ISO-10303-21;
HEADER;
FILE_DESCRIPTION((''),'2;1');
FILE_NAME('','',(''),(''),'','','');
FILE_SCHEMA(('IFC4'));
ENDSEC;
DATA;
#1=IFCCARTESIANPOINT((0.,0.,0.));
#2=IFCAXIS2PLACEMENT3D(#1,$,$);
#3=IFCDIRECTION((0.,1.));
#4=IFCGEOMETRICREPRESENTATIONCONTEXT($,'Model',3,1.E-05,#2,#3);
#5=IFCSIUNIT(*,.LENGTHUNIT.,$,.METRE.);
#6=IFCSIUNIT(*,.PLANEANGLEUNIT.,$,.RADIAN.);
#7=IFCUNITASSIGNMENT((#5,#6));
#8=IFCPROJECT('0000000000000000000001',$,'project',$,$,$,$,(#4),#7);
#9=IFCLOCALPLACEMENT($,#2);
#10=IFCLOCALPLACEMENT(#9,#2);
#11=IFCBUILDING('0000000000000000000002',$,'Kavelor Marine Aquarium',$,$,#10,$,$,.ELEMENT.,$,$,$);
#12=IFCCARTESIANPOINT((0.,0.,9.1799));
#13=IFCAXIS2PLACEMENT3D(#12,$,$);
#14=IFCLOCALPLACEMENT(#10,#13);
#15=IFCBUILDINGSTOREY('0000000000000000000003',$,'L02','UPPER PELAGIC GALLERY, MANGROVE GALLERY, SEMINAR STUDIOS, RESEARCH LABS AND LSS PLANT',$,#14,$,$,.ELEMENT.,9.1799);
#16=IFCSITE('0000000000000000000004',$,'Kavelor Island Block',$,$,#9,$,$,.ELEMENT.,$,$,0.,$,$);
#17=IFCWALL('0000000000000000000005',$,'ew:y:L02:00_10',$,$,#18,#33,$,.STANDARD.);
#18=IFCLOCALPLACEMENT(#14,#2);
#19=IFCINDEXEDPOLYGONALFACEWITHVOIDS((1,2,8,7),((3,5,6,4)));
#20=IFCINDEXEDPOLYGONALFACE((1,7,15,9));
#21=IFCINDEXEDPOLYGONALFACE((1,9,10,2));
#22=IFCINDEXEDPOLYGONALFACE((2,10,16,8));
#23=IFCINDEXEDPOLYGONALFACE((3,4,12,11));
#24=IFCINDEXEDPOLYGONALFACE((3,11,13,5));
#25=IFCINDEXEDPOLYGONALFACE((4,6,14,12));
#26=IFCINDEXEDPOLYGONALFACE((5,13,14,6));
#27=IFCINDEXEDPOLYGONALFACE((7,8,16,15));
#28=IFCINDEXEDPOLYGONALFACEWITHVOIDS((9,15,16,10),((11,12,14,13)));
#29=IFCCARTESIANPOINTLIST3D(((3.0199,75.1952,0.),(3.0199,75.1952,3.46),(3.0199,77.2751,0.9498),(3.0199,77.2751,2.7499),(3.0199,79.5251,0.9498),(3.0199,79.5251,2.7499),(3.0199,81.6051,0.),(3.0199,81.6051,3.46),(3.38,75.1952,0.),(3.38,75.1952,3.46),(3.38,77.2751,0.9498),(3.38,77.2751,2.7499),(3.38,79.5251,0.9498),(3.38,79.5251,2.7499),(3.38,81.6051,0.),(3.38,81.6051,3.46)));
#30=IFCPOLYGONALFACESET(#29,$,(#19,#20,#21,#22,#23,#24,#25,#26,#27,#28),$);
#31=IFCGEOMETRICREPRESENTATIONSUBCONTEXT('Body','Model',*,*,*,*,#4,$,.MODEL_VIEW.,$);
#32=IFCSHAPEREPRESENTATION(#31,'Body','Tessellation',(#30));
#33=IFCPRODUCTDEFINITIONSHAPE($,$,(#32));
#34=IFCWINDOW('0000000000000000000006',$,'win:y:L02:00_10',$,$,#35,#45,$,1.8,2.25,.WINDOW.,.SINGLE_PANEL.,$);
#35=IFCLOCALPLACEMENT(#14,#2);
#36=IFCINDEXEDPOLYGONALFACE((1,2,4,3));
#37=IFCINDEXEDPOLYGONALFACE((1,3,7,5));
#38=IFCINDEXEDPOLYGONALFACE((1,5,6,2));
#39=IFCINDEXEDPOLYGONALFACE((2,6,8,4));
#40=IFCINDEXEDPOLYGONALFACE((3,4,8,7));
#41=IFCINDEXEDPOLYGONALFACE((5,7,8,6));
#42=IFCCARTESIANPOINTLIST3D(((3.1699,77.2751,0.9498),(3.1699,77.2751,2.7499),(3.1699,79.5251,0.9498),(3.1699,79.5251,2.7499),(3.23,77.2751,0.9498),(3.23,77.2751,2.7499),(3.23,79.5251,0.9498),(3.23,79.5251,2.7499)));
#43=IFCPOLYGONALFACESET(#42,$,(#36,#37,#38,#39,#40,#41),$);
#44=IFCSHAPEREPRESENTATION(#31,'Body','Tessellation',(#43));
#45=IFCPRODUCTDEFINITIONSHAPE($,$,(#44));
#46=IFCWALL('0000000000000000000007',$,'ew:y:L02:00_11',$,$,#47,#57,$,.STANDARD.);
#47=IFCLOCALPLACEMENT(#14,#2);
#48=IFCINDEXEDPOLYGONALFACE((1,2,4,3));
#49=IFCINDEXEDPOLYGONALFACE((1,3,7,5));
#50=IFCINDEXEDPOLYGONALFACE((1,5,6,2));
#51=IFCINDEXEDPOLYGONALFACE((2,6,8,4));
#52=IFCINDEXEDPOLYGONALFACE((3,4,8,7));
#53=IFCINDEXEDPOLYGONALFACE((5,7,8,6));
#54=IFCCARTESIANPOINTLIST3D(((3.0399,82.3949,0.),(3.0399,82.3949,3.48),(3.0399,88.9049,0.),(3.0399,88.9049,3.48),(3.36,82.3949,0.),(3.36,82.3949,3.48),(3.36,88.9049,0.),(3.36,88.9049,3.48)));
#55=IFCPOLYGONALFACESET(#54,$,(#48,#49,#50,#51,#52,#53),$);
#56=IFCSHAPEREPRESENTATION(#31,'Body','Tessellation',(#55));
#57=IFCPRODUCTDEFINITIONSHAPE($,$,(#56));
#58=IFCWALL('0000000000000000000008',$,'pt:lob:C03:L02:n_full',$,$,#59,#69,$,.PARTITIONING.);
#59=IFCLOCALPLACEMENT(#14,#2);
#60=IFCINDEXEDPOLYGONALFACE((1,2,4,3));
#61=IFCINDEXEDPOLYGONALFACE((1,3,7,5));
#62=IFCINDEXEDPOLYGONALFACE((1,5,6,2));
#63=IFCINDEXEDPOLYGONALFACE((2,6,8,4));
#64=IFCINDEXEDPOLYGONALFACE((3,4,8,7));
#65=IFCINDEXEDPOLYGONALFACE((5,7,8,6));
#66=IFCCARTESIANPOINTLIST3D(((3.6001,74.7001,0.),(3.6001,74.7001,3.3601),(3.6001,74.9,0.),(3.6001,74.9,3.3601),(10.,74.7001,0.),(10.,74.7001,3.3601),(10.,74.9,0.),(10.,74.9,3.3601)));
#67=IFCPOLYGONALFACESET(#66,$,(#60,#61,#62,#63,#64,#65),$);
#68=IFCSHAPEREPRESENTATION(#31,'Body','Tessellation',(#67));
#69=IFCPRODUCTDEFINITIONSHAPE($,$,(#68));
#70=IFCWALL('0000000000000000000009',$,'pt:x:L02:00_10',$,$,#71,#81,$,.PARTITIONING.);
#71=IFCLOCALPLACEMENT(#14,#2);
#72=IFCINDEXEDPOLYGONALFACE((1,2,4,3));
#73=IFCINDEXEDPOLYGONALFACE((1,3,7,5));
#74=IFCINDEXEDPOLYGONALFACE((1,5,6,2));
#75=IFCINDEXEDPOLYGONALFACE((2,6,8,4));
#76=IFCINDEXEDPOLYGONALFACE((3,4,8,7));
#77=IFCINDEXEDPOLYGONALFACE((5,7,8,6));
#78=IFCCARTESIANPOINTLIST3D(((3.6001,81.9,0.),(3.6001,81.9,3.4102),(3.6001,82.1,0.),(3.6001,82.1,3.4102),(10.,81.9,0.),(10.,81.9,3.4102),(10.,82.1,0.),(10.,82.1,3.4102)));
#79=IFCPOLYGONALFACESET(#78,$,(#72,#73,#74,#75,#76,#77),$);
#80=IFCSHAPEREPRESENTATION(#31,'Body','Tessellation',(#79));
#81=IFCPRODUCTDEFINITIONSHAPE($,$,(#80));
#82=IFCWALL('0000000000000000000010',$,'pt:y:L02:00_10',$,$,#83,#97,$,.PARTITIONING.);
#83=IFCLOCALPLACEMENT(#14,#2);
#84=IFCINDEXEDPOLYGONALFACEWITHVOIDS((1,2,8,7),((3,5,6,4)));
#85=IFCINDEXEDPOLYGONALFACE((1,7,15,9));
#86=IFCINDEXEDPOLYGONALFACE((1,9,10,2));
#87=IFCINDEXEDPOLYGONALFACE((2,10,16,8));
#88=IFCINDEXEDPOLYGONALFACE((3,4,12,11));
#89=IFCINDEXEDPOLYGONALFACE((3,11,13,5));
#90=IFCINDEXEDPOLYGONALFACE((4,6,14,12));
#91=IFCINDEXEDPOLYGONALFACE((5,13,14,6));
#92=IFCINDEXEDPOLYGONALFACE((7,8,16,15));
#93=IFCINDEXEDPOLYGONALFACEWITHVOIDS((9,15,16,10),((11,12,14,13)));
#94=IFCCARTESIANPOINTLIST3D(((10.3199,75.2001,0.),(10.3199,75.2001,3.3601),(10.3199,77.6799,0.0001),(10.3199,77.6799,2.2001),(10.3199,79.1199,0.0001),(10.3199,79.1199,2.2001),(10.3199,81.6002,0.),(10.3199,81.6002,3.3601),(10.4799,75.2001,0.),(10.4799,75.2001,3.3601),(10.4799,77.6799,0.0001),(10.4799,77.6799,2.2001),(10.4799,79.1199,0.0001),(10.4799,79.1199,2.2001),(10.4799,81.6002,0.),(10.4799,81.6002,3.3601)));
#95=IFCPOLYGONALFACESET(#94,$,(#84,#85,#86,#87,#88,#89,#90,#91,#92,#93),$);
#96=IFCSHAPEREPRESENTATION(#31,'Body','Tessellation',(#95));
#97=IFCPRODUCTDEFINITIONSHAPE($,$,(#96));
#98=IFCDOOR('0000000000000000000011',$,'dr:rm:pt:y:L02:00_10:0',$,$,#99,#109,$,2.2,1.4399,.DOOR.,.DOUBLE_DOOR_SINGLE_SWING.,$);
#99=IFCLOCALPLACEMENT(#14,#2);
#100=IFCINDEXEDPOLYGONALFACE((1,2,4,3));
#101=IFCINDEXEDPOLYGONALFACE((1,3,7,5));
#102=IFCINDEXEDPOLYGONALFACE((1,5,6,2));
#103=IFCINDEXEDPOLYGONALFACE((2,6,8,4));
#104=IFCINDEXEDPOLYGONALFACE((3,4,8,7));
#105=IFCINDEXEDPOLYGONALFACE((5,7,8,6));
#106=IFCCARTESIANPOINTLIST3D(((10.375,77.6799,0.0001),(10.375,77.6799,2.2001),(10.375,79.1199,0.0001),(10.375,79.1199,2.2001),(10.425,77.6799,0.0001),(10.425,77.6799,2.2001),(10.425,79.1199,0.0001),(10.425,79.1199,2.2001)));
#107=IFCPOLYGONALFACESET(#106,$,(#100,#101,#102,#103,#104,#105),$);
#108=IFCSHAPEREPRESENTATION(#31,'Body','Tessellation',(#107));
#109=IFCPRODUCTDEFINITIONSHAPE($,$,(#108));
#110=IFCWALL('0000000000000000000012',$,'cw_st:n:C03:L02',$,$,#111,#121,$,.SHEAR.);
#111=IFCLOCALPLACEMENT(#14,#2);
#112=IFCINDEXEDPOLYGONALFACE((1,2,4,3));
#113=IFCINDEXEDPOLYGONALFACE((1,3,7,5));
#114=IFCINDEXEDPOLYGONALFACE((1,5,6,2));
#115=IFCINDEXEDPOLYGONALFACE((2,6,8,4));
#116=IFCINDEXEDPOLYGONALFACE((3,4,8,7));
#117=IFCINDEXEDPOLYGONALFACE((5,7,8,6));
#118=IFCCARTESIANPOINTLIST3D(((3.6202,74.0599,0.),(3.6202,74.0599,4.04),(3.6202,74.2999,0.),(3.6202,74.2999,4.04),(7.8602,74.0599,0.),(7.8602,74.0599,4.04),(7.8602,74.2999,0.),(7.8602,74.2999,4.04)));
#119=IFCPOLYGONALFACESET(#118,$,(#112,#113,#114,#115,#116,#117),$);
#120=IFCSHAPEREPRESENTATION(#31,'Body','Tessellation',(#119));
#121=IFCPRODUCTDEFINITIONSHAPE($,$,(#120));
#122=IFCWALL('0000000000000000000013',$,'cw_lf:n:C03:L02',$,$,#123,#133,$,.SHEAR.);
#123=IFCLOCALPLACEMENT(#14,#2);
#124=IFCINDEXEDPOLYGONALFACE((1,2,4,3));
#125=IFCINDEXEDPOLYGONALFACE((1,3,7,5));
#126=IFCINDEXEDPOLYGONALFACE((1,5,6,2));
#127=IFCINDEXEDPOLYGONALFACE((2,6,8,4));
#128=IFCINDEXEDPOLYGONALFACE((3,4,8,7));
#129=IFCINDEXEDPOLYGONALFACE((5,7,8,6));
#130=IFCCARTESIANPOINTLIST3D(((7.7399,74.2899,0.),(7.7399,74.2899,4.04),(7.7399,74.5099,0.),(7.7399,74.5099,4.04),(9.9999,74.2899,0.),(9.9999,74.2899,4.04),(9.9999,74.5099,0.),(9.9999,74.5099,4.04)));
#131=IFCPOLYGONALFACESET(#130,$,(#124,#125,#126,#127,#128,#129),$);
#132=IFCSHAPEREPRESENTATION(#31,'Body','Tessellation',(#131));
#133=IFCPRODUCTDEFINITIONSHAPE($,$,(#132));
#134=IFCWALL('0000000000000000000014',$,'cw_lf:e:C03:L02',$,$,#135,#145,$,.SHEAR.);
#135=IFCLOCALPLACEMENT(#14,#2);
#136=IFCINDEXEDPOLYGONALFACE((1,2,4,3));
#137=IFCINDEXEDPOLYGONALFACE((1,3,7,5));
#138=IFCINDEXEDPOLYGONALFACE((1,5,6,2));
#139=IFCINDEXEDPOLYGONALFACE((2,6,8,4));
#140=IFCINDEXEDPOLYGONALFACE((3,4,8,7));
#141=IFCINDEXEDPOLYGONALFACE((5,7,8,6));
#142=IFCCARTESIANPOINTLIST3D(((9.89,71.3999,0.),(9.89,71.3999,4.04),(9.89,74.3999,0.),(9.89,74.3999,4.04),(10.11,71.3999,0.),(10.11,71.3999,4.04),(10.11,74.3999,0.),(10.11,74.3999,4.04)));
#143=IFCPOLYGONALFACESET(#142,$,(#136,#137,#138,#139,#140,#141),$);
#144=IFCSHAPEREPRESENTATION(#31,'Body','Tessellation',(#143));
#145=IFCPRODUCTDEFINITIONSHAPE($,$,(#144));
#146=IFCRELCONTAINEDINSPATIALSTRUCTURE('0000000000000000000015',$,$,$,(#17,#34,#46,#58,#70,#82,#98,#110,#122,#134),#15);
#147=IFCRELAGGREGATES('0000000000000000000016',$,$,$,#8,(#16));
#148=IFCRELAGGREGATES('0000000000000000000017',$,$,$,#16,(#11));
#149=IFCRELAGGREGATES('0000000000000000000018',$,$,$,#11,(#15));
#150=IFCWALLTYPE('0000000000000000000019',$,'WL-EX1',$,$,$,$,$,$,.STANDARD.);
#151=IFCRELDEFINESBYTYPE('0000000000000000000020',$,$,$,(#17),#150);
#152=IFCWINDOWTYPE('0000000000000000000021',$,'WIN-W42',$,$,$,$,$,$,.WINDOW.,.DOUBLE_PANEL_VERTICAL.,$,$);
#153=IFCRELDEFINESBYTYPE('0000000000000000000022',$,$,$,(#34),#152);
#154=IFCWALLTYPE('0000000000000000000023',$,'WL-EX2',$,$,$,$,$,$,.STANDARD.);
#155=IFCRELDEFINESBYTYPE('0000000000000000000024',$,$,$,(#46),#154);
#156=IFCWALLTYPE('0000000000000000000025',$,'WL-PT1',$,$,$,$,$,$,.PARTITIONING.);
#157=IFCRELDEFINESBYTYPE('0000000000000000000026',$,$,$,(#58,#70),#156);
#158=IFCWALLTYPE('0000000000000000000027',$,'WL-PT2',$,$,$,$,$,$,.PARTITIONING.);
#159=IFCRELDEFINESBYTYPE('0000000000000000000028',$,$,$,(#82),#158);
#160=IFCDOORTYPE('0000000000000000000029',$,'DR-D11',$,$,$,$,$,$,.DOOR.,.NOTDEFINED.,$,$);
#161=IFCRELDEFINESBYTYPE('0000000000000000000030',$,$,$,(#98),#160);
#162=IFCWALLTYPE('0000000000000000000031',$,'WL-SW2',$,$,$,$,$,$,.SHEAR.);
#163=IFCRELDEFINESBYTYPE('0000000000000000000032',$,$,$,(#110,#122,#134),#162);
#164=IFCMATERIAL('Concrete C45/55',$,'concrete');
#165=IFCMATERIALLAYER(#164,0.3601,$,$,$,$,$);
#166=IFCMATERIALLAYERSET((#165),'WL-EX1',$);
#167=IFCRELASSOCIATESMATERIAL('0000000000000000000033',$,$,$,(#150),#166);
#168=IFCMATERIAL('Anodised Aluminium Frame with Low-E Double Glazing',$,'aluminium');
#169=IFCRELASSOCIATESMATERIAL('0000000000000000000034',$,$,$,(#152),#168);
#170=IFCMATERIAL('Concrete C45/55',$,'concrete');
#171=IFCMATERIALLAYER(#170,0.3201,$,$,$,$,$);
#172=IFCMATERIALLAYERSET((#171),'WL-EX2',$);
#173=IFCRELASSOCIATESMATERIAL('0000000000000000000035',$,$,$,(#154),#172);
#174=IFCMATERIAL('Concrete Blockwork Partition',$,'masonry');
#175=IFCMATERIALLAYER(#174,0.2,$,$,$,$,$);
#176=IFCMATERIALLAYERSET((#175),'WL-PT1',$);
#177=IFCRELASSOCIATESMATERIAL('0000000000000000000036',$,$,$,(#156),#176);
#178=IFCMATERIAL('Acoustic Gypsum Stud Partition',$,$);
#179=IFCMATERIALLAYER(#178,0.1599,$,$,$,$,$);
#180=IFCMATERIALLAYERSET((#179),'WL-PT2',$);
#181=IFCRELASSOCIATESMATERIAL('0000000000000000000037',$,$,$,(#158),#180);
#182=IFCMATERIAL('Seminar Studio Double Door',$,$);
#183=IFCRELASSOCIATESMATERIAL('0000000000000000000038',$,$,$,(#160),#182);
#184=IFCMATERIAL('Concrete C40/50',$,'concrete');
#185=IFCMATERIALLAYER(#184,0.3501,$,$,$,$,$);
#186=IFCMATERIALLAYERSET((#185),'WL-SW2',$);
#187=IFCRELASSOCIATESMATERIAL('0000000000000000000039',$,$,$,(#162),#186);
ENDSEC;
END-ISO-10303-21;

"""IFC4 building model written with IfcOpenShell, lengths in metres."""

from ifc_helpers import new_model, si_unit, direction, frame, frame_2d, origin, place, context, subcontext, project, spatial, rectangle, extrude, material, layer, layer_set, type_object, element, fill, save


model = new_model("IFC4")

# Units and contexts
model_context = context("Model", 3, precision=1e-05, world=origin(), true_north=direction((0.0, 1.0)))
body_context = subcontext(model_context, "Body", "Model", "MODEL_VIEW")
ifc_project = project(units=[si_unit("LENGTHUNIT", "METRE"), si_unit("PLANEANGLEUNIT", "RADIAN")], contexts=[model_context])

# Site, building, storey
site_placement = place(None, origin())
site = spatial("IfcSite", under=ifc_project, at=site_placement, Name="Kavelor Island Block", CompositionType="ELEMENT", RefElevation=0.0)
building_placement = place(site_placement, origin())
building = spatial("IfcBuilding", under=site, at=building_placement, Name="Kavelor Marine Aquarium", CompositionType="ELEMENT")
storey_placement = place(building_placement, frame((0.0, 0.0, 9.1799)))
storey = spatial("IfcBuildingStorey", under=building, at=storey_placement, Name="L02", Description="UPPER PELAGIC GALLERY, MANGROVE GALLERY, SEMINAR STUDIOS, RESEARCH LABS AND LSS PLANT", CompositionType="ELEMENT", Elevation=9.1799)

# Wall, opening, window
ifc_material_1 = material(Name="Concrete C45/55", Category="concrete")
ifc_layer_1 = layer(ifc_material_1, 0.3601)
ifc_layer_set_1 = layer_set([ifc_layer_1], Name="WL-EX1")
wall_type_1 = type_object("IfcWallType", Name="WL-EX1", PredefinedType="STANDARD", material=ifc_layer_set_1)
wall_1_placement = place(storey_placement, frame((3.2, 75.1951, 0.0), z_axis=(0.0, 0.0, 1.0), x_axis=(0.0, 1.0, 0.0)))
wall_1 = element("IfcWall", 1, at=wall_1_placement, inside=storey, type_object=wall_type_1, Name="ew:y:L02:00_10", PredefinedType="STANDARD", context=body_context, shape_type="SweptSolid", body=[
    extrude(rectangle(XDim=6.4099, YDim=0.3601, at=frame_2d((3.2051, 0.0))), origin(), (0.0, 0.0, 1.0), 3.46),
])
opening_1_placement = place(wall_1_placement, frame((2.0801, 0.0, 0.95)))
opening_1 = element("IfcOpeningElement", 2, at=opening_1_placement, cuts=wall_1, PredefinedType="OPENING", context=body_context, shape_type="SweptSolid", body=[
    extrude(rectangle(XDim=2.25, YDim=1.8, at=frame_2d((1.125, 0.8999))), frame((0.0, 0.1899, 0.0), z_axis=(0.0, -1.0, 0.0), x_axis=(1.0, 0.0, 0.0)), (0.0, 0.0, 1.0), 0.3801),
])
ifc_material_2 = material(Name="Anodised Aluminium Frame with Low-E Double Glazing", Category="aluminium")
window_type = type_object("IfcWindowType", Name="WIN-W42", PartitioningType="DOUBLE_PANEL_VERTICAL", PredefinedType="WINDOW", material=ifc_material_2)
window_placement = place(opening_1_placement, origin())
window = element("IfcWindow", 3, at=window_placement, inside=storey, type_object=window_type, Name="win:y:L02:00_10", OverallHeight=1.8, OverallWidth=2.25, PartitioningType="SINGLE_PANEL", PredefinedType="WINDOW", context=body_context, shape_type="SweptSolid", body=[
    extrude(rectangle(XDim=2.25, YDim=1.8, at=frame_2d((1.125, 0.8999))), frame((0.0, 0.03, 0.0), z_axis=(0.0, -1.0, 0.0), x_axis=(1.0, 0.0, 0.0)), (0.0, 0.0, 1.0), 0.0601),
])
fill(opening_1, window)

# Walls
ifc_material_3 = material(Name="Concrete C45/55", Category="concrete")
ifc_layer_2 = layer(ifc_material_3, 0.3201)
ifc_layer_set_2 = layer_set([ifc_layer_2], Name="WL-EX2")
wall_type_2 = type_object("IfcWallType", Name="WL-EX2", PredefinedType="STANDARD", material=ifc_layer_set_2)
wall_2_placement = place(storey_placement, frame((3.2, 82.395, 0.0), z_axis=(0.0, 0.0, 1.0), x_axis=(0.0, 1.0, 0.0)))
element("IfcWall", 4, at=wall_2_placement, inside=storey, type_object=wall_type_2, Name="ew:y:L02:00_11", PredefinedType="STANDARD", context=body_context, shape_type="SweptSolid", body=[
    extrude(rectangle(XDim=6.51, YDim=0.3201, at=frame_2d((3.2549, 0.0))), origin(), (0.0, 0.0, 1.0), 3.48),
])
ifc_material_4 = material(Name="Concrete Blockwork Partition", Category="masonry")
ifc_layer_3 = layer(ifc_material_4, 0.2)
ifc_layer_set_3 = layer_set([ifc_layer_3], Name="WL-PT1")
wall_type_3 = type_object("IfcWallType", Name="WL-PT1", PredefinedType="PARTITIONING", material=ifc_layer_set_3)
wall_3_placement = place(storey_placement, frame((3.6001, 74.8, 0.0), z_axis=(0.0, 0.0, 1.0), x_axis=(1.0, 0.0, 0.0)))
element("IfcWall", 5, at=wall_3_placement, inside=storey, type_object=wall_type_3, Name="pt:lob:C03:L02:n_full", PredefinedType="PARTITIONING", context=body_context, shape_type="SweptSolid", body=[
    extrude(rectangle(XDim=6.3999, YDim=0.2, at=frame_2d((3.2, 0.0))), origin(), (0.0, 0.0, 1.0), 3.3601),
])
wall_4_placement = place(storey_placement, frame((3.6001, 82.0, 0.0), z_axis=(0.0, 0.0, 1.0), x_axis=(1.0, 0.0, 0.0)))
element("IfcWall", 6, at=wall_4_placement, inside=storey, type_object=wall_type_3, Name="pt:x:L02:00_10", PredefinedType="PARTITIONING", context=body_context, shape_type="SweptSolid", body=[
    extrude(rectangle(XDim=6.3999, YDim=0.2, at=frame_2d((3.2, 0.0))), origin(), (0.0, 0.0, 1.0), 3.4102),
])

# Wall, opening, door
ifc_material_5 = material(Name="Acoustic Gypsum Stud Partition")
ifc_layer_4 = layer(ifc_material_5, 0.1599)
ifc_layer_set_4 = layer_set([ifc_layer_4], Name="WL-PT2")
wall_type_4 = type_object("IfcWallType", Name="WL-PT2", PredefinedType="PARTITIONING", material=ifc_layer_set_4)
wall_5_placement = place(storey_placement, frame((10.3999, 75.2, 0.0), z_axis=(0.0, 0.0, 1.0), x_axis=(0.0, 1.0, 0.0)))
wall_5 = element("IfcWall", 7, at=wall_5_placement, inside=storey, type_object=wall_type_4, Name="pt:y:L02:00_10", PredefinedType="PARTITIONING", context=body_context, shape_type="SweptSolid", body=[
    extrude(rectangle(XDim=6.4001, YDim=0.1599, at=frame_2d((3.2002, 0.0))), origin(), (0.0, 0.0, 1.0), 3.3601),
])
opening_2_placement = place(wall_5_placement, frame((2.48, 0.0, 0.0)))
opening_2 = element("IfcOpeningElement", 8, at=opening_2_placement, cuts=wall_5, PredefinedType="OPENING", context=body_context, shape_type="SweptSolid", body=[
    extrude(rectangle(XDim=1.4399, YDim=2.2, at=frame_2d((0.72, 1.1001))), frame((0.0, 0.0898, 0.0), z_axis=(0.0, -1.0, 0.0), x_axis=(1.0, 0.0, 0.0)), (0.0, 0.0, 1.0), 0.1799),
])
ifc_material_6 = material(Name="Seminar Studio Double Door")
door_type_1 = type_object("IfcDoorType", Name="DR-D11", OperationType="NOTDEFINED", PredefinedType="DOOR", material=ifc_material_6)
door_1_placement = place(opening_2_placement, origin())
door_1 = element("IfcDoor", 9, at=door_1_placement, inside=storey, type_object=door_type_1, Name="dr:rm:pt:y:L02:00_10:0", OperationType="DOUBLE_DOOR_SINGLE_SWING", OverallHeight=2.2, OverallWidth=1.4399, PredefinedType="DOOR", context=body_context, shape_type="SweptSolid", body=[
    extrude(rectangle(XDim=1.4399, YDim=2.2, at=frame_2d((0.72, 1.1001))), frame((0.0, 0.0249, 0.0), z_axis=(0.0, -1.0, 0.0), x_axis=(1.0, 0.0, 0.0)), (0.0, 0.0, 1.0), 0.05),
])
fill(opening_2, door_1)

# Wall
ifc_material_7 = material(Name="Concrete C40/50", Category="concrete")
ifc_layer_5 = layer(ifc_material_7, 0.3501)
ifc_layer_set_5 = layer_set([ifc_layer_5], Name="WL-SW2")
wall_type_5 = type_object("IfcWallType", Name="WL-SW2", PredefinedType="SHEAR", material=ifc_layer_set_5)
wall_6_placement = place(storey_placement, frame((3.6201, 74.1799, 0.0), z_axis=(0.0, 0.0, 1.0), x_axis=(1.0, 0.0, 0.0)))
element("IfcWall", 10, at=wall_6_placement, inside=storey, type_object=wall_type_5, Name="cw_st:n:C03:L02", PredefinedType="SHEAR", context=body_context, shape_type="SweptSolid", body=[
    extrude(rectangle(XDim=4.24, YDim=0.24, at=frame_2d((2.1201, 0.0))), origin(), (0.0, 0.0, 1.0), 4.04),
])

# Walls
wall_7_placement = place(storey_placement, frame((7.74, 74.3999, 0.0), z_axis=(0.0, 0.0, 1.0), x_axis=(1.0, 0.0, 0.0)))
element("IfcWall", 11, at=wall_7_placement, inside=storey, type_object=wall_type_5, Name="cw_lf:n:C03:L02", PredefinedType="SHEAR", context=body_context, shape_type="SweptSolid", body=[
    extrude(rectangle(XDim=2.26, YDim=0.22, at=frame_2d((1.1299, 0.0))), origin(), (0.0, 0.0, 1.0), 4.04),
])
wall_8_placement = place(storey_placement, frame((10.0, 71.3999, 0.0), z_axis=(0.0, 0.0, 1.0), x_axis=(0.0, 1.0, 0.0)))
element("IfcWall", 12, at=wall_8_placement, inside=storey, type_object=wall_type_5, Name="cw_lf:e:C03:L02", PredefinedType="SHEAR", context=body_context, shape_type="SweptSolid", body=[
    extrude(rectangle(XDim=3.0, YDim=0.22, at=frame_2d((1.5, 0.0))), origin(), (0.0, 0.0, 1.0), 4.04),
])

save(model, "model.ifc")
